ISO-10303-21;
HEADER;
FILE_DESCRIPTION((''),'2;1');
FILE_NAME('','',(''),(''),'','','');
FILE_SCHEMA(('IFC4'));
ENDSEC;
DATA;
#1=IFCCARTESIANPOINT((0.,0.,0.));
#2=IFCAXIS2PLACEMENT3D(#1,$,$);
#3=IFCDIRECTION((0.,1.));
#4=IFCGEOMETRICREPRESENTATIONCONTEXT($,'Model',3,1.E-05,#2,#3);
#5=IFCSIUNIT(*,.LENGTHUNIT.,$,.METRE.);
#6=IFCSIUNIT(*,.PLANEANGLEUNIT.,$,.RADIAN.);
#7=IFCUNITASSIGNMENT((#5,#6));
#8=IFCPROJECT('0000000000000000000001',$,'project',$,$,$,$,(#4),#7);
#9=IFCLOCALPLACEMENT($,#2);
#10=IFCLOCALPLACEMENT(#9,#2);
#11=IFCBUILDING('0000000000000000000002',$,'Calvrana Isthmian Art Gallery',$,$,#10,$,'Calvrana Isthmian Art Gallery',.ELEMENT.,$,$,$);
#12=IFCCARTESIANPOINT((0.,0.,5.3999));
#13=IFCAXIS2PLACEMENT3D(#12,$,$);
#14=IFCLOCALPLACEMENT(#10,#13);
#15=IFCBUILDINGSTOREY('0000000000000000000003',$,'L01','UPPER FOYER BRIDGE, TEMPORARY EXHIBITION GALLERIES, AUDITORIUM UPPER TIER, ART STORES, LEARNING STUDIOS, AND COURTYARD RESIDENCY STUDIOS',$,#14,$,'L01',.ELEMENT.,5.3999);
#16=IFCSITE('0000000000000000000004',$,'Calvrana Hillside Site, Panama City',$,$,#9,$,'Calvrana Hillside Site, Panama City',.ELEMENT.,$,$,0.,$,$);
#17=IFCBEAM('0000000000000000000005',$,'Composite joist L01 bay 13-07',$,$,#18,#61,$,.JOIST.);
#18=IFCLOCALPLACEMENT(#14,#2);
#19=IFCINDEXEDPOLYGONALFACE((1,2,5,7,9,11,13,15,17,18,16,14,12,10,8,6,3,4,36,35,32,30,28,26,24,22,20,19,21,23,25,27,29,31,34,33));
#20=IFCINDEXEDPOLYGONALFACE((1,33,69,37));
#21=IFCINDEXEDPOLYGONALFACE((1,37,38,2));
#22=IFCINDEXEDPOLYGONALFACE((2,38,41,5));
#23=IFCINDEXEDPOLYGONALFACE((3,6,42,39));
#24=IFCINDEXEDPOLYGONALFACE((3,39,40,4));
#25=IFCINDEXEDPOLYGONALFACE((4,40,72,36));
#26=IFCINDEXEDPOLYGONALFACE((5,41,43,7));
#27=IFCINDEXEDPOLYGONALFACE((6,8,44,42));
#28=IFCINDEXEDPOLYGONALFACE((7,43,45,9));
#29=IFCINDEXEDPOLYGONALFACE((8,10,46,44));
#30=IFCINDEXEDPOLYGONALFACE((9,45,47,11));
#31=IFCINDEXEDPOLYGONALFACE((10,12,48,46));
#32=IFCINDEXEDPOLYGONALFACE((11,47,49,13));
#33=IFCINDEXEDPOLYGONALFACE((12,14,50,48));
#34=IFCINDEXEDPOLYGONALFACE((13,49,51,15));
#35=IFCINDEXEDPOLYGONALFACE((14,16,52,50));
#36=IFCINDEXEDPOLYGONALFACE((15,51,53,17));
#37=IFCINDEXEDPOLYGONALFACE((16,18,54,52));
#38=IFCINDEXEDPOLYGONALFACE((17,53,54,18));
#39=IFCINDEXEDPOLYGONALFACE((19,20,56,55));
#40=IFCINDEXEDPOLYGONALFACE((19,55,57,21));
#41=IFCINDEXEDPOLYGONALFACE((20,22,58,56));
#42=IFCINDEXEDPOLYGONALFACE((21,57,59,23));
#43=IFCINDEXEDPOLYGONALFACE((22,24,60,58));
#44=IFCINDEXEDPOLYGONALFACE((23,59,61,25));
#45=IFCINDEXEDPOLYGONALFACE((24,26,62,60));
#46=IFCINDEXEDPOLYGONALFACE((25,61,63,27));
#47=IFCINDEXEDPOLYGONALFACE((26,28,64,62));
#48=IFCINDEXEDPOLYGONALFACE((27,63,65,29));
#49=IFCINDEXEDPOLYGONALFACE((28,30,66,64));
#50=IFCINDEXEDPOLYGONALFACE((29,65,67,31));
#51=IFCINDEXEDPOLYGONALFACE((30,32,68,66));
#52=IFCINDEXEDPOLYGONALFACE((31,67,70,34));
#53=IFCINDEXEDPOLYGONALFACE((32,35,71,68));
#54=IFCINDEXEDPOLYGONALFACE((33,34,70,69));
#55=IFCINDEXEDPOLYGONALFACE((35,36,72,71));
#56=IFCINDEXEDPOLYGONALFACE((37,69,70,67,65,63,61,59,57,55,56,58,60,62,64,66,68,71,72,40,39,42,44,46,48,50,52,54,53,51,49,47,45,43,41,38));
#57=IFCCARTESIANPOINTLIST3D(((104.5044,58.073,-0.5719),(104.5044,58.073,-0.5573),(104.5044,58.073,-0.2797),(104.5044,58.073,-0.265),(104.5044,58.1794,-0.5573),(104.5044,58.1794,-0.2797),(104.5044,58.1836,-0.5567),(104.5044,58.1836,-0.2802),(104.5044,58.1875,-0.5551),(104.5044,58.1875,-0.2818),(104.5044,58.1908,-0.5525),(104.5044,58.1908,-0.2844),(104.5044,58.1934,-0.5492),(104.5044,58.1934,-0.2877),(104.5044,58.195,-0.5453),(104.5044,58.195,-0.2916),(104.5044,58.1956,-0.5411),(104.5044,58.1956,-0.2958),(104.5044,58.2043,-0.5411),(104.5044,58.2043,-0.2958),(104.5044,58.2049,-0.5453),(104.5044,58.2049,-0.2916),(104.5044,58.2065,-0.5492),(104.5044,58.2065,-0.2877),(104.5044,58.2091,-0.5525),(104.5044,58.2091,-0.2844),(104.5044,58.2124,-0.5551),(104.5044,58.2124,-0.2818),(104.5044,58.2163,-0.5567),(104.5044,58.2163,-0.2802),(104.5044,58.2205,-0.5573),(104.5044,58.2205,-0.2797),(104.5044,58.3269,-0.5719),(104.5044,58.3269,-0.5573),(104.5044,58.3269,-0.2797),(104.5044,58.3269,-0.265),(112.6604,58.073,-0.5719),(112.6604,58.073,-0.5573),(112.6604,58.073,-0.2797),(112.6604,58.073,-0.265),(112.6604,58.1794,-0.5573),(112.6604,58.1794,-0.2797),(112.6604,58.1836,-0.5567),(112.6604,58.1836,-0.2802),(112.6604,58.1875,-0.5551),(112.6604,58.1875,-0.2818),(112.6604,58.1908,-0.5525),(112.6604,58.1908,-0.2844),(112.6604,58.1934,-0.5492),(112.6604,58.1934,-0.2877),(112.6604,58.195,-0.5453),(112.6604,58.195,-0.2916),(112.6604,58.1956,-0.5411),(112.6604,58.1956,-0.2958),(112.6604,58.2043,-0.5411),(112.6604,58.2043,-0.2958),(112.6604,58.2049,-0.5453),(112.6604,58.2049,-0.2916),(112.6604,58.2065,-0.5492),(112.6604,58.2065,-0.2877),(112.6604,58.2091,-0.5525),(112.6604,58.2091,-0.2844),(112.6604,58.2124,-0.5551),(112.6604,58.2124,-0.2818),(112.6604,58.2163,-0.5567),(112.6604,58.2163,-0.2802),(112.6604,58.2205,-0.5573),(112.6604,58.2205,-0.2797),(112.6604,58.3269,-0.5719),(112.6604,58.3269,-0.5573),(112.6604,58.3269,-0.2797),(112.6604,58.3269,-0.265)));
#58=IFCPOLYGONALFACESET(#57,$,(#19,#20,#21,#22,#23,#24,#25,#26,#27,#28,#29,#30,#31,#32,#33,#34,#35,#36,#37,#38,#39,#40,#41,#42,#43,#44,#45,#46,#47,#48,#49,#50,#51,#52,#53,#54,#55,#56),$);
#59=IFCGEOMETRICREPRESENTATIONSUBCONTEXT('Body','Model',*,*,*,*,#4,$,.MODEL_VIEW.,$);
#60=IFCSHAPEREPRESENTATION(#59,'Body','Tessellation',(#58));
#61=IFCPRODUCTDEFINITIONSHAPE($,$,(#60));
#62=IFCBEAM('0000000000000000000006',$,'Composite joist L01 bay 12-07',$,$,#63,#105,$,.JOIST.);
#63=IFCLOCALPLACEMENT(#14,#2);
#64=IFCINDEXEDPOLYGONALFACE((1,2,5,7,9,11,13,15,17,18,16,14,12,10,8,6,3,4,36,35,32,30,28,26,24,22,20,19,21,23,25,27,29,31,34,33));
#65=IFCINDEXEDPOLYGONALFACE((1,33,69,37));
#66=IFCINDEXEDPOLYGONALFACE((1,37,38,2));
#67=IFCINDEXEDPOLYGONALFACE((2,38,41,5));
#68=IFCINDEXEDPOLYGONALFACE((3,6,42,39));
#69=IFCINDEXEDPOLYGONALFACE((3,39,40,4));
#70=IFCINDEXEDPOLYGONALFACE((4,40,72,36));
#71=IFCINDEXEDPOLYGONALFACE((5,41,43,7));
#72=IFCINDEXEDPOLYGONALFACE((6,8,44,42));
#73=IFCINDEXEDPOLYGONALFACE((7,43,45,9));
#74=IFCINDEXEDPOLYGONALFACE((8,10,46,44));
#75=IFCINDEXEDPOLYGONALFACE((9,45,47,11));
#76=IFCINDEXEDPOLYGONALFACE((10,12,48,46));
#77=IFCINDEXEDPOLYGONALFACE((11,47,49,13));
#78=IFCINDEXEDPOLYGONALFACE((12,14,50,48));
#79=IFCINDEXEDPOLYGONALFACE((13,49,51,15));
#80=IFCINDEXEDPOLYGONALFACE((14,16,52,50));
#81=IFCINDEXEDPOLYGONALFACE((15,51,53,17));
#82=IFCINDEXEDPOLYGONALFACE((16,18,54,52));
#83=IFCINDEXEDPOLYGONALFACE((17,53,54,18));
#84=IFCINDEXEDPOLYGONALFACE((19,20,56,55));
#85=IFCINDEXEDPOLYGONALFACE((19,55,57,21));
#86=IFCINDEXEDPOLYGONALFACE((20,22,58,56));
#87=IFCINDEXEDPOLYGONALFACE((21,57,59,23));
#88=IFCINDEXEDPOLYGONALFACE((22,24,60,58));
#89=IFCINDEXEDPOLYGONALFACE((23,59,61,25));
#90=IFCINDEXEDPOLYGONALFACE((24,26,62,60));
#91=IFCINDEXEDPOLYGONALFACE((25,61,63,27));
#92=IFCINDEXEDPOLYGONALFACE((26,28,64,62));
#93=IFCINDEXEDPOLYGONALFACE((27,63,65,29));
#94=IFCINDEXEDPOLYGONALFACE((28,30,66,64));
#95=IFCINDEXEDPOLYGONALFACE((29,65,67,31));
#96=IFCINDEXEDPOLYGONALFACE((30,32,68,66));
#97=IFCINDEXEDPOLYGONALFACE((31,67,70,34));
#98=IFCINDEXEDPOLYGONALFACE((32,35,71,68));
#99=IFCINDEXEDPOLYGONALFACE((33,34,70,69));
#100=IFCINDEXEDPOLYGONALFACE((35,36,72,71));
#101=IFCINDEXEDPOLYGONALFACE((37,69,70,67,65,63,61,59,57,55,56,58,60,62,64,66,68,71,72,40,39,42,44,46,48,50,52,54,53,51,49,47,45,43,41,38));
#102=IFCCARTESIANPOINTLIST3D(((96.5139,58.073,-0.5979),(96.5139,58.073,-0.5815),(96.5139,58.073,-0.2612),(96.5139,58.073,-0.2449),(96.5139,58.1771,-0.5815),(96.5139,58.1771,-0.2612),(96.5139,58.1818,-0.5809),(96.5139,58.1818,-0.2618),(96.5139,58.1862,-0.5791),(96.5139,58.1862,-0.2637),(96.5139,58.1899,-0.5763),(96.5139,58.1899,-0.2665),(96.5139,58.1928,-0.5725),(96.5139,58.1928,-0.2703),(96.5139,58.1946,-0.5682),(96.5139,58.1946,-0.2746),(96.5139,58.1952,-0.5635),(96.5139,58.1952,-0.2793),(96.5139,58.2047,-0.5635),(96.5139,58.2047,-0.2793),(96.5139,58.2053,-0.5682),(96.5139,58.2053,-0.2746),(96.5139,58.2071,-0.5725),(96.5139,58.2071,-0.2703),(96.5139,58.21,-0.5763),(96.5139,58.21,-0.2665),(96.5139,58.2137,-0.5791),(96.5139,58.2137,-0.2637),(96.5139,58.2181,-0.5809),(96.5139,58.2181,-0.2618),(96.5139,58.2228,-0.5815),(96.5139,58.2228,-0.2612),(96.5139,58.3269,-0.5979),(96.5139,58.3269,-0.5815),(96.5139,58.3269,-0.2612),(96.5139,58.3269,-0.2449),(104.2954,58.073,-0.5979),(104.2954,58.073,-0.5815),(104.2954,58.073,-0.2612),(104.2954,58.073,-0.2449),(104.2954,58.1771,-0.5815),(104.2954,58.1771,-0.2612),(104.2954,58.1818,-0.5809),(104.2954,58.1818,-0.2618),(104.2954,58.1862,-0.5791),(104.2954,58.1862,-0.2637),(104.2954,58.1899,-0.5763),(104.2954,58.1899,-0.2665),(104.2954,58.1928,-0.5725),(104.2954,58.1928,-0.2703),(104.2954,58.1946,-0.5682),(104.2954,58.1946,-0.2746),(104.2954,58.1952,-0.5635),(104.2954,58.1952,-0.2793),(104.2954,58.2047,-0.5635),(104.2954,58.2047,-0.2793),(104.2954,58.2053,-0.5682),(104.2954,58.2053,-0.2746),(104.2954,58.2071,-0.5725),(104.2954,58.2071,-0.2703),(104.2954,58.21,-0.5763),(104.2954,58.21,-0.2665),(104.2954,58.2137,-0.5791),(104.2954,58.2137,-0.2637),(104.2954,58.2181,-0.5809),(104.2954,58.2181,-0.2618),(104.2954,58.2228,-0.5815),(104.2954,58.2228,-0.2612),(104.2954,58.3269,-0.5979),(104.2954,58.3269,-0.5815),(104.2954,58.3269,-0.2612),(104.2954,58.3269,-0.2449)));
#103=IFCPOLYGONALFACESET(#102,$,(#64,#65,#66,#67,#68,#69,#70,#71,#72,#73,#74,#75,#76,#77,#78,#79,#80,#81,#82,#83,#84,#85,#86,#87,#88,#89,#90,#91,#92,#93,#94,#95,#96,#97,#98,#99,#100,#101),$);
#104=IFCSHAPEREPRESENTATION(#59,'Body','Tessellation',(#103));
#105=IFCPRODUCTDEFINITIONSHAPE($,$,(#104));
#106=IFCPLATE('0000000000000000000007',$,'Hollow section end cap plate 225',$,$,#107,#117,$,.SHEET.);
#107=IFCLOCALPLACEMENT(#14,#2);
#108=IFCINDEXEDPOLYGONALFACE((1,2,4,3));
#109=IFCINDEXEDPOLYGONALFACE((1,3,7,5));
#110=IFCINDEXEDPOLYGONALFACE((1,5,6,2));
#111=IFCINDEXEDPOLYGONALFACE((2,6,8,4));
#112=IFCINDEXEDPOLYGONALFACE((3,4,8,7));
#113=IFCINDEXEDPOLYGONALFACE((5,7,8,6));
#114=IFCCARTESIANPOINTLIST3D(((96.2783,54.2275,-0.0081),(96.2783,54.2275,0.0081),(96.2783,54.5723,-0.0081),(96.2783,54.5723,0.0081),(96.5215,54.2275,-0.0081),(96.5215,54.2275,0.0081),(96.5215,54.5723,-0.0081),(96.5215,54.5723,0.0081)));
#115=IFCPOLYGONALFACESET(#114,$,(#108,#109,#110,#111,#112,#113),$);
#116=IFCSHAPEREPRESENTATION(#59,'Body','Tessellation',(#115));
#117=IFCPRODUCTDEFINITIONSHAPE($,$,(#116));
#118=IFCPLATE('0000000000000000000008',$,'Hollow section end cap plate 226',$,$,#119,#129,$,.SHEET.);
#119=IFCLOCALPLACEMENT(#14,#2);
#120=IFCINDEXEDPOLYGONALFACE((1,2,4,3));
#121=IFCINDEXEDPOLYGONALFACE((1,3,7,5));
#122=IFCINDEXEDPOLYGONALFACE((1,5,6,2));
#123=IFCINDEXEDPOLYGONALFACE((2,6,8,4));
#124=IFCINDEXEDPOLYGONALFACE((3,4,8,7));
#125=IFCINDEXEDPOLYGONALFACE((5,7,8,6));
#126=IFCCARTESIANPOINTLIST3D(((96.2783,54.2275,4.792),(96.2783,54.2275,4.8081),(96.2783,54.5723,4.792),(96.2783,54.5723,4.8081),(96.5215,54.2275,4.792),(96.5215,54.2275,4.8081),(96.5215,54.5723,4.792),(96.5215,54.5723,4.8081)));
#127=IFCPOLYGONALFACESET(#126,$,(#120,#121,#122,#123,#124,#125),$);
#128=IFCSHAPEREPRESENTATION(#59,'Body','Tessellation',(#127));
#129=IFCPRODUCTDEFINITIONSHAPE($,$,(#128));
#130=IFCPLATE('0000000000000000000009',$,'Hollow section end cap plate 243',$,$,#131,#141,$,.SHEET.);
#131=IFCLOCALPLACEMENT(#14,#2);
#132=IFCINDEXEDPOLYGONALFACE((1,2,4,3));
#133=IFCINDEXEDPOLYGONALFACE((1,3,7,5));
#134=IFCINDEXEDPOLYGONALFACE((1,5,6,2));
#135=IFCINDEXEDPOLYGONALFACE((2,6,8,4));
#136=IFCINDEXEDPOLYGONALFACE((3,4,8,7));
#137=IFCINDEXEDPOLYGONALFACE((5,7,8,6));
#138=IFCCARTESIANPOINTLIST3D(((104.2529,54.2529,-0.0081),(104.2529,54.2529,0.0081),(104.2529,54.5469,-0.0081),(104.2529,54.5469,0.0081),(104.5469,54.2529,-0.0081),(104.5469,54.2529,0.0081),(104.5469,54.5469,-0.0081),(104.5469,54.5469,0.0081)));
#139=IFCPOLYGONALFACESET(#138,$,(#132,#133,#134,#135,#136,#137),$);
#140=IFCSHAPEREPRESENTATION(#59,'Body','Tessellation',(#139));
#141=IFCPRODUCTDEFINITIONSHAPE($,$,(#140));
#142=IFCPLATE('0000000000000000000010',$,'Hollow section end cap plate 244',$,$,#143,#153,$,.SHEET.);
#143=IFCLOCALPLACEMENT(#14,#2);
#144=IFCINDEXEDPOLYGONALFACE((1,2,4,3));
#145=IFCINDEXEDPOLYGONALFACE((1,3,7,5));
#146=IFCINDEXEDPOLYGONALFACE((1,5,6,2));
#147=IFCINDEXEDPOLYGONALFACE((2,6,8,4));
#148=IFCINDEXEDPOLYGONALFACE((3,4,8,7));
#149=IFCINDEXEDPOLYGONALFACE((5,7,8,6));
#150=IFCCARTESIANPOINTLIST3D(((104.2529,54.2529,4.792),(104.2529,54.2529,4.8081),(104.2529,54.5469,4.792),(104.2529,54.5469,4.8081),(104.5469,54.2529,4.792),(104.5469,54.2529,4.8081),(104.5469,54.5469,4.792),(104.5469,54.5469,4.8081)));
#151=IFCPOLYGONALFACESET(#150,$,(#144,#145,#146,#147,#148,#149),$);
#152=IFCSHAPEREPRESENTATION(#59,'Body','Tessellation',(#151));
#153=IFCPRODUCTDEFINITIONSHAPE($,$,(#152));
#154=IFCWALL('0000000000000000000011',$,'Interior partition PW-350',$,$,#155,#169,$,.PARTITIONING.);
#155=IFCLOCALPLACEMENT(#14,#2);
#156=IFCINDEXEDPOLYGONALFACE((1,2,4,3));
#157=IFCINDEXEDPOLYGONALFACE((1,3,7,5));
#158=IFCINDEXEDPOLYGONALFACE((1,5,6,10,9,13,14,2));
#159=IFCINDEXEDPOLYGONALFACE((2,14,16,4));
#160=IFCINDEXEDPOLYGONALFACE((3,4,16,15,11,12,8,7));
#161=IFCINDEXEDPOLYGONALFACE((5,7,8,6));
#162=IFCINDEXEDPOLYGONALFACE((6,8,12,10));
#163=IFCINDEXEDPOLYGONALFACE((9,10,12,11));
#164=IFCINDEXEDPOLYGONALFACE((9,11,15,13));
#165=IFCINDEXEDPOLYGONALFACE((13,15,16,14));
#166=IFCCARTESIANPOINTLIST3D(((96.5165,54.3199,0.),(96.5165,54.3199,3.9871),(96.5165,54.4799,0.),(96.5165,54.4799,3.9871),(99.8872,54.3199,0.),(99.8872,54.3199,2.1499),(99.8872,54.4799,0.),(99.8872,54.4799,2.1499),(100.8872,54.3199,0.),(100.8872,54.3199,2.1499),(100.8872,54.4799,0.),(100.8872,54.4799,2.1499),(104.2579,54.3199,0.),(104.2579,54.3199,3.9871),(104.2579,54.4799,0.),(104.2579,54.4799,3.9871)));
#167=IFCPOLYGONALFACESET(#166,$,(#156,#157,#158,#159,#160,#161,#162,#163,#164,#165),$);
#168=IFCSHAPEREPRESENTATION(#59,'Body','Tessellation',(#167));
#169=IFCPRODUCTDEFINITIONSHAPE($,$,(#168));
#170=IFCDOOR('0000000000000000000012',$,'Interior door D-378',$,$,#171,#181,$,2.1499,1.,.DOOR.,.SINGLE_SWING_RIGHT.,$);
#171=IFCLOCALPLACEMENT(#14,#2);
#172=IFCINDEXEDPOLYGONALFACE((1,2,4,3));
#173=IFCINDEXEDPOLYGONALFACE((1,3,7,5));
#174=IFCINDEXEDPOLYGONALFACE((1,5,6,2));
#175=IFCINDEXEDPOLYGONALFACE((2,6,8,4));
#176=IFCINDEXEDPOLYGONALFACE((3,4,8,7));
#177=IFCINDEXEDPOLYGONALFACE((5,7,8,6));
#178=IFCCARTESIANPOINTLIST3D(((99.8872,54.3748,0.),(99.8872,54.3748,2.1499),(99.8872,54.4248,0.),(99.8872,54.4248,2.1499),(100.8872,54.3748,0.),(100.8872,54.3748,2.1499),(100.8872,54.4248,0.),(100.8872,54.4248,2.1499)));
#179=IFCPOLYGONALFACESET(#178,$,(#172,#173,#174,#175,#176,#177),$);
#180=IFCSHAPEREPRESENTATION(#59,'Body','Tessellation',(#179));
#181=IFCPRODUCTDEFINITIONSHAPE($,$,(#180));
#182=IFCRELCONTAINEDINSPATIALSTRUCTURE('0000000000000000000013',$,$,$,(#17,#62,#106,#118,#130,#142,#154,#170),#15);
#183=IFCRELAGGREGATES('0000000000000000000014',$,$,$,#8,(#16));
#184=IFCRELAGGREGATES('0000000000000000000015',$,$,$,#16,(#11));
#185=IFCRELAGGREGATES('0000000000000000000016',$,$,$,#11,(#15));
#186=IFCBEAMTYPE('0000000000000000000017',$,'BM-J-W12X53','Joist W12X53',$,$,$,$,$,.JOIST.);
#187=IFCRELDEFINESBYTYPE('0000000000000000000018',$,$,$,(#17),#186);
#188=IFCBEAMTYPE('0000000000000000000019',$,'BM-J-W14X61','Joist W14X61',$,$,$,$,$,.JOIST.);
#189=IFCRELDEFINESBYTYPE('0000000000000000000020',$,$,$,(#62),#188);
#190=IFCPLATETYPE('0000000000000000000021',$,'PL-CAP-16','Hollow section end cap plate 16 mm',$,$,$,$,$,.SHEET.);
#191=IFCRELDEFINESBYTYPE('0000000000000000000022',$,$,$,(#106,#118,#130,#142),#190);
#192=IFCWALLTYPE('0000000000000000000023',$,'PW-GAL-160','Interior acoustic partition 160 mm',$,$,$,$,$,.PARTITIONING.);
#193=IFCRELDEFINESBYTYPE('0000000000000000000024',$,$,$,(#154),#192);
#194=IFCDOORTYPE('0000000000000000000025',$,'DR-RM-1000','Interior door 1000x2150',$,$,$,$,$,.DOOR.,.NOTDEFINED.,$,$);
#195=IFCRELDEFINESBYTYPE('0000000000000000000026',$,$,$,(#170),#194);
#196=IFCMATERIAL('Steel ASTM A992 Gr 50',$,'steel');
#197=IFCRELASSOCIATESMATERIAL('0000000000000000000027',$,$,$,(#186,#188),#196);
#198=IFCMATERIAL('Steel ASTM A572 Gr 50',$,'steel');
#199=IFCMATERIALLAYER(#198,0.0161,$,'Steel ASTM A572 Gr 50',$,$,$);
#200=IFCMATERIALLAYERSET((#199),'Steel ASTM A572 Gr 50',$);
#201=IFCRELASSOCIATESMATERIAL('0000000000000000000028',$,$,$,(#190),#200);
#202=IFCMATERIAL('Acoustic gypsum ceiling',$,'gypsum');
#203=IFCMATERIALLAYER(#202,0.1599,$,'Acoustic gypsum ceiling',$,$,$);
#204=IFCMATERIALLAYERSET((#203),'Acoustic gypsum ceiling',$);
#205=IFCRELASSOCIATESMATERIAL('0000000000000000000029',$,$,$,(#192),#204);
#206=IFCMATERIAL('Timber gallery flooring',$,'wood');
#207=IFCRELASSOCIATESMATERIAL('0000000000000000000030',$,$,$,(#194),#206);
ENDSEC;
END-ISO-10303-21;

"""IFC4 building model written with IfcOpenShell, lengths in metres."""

from ifc_helpers import new_model, si_unit, direction, frame, frame_2d, origin, origin_2d, place, context, subcontext, project, spatial, rectangle, i_section, extrude, material, layer, layer_set, material_profile, profile_set, type_object, element, fill, save


model = new_model("IFC4")

# Units and contexts
model_context = context("Model", 3, precision=1e-05, world=origin(), true_north=direction((0.0, 1.0)))
body_context = subcontext(model_context, "Body", "Model", "MODEL_VIEW")
ifc_project = project(units=[si_unit("LENGTHUNIT", "METRE"), si_unit("PLANEANGLEUNIT", "RADIAN")], contexts=[model_context])

# Site, building, storey
site_placement = place(None, origin())
site = spatial("IfcSite", under=ifc_project, at=site_placement, Name="Calvrana Hillside Site, Panama City", LongName="Calvrana Hillside Site, Panama City", CompositionType="ELEMENT", RefElevation=0.0)
building_placement = place(site_placement, origin())
building = spatial("IfcBuilding", under=site, at=building_placement, Name="Calvrana Isthmian Art Gallery", LongName="Calvrana Isthmian Art Gallery", CompositionType="ELEMENT")
storey_placement = place(building_placement, frame((0.0, 0.0, 5.3999)))
storey = spatial("IfcBuildingStorey", under=building, at=storey_placement, Name="L01", Description="UPPER FOYER BRIDGE, TEMPORARY EXHIBITION GALLERIES, AUDITORIUM UPPER TIER, ART STORES, LEARNING STUDIOS, AND COURTYARD RESIDENCY STUDIOS", LongName="L01", CompositionType="ELEMENT", Elevation=5.3999)

# Beams
ifc_material_1 = material(Name="Steel ASTM A992 Gr 50", Category="steel")
ifc_material_profile_1 = material_profile(ifc_material_1, i_section(OverallWidth=0.2539, OverallDepth=0.3069, WebThickness=0.0088, FlangeThickness=0.0146, FilletRadius=0.0161, at=origin_2d()), Name="W12X53")
ifc_profile_set_1 = profile_set([ifc_material_profile_1], Name="Steel ASTM A992 Gr 50")
beam_type_1 = type_object("IfcBeamType", Name="BM-J-W12X53", Description="Joist W12X53", PredefinedType="JOIST", material=ifc_profile_set_1)
beam_1_placement = place(storey_placement, frame((104.5044, 58.2, -0.4185), z_axis=(1.0, 0.0, 0.0), x_axis=(0.0, 1.0, 0.0)))
element("IfcBeam", 1, at=beam_1_placement, inside=storey, type_object=beam_type_1, Name="Composite joist L01 bay 13-07", PredefinedType="JOIST", context=body_context, shape_type="SweptSolid", body=[
    extrude(i_section(OverallWidth=0.2539, OverallDepth=0.3069, WebThickness=0.0088, FlangeThickness=0.0146, FilletRadius=0.0161, at=origin_2d()), origin(), (0.0, 0.0, 1.0), 8.156),
])
ifc_material_profile_2 = material_profile(ifc_material_1, i_section(OverallWidth=0.2539, OverallDepth=0.353, WebThickness=0.0095, FlangeThickness=0.0164, FilletRadius=0.0181, at=origin_2d()), Name="W14X61")
ifc_profile_set_2 = profile_set([ifc_material_profile_2], Name="Steel ASTM A992 Gr 50")
beam_type_2 = type_object("IfcBeamType", Name="BM-J-W14X61", Description="Joist W14X61", PredefinedType="JOIST", material=ifc_profile_set_2)
beam_2_placement = place(storey_placement, frame((96.5139, 58.2, -0.4214), z_axis=(1.0, 0.0, 0.0), x_axis=(0.0, 1.0, 0.0)))
element("IfcBeam", 2, at=beam_2_placement, inside=storey, type_object=beam_type_2, Name="Composite joist L01 bay 12-07", PredefinedType="JOIST", context=body_context, shape_type="SweptSolid", body=[
    extrude(i_section(OverallWidth=0.2539, OverallDepth=0.353, WebThickness=0.0095, FlangeThickness=0.0164, FilletRadius=0.0181, at=origin_2d()), origin(), (0.0, 0.0, 1.0), 7.7815),
])

# Plates
ifc_material_2 = material(Name="Steel ASTM A572 Gr 50", Category="steel")
ifc_layer_1 = layer(ifc_material_2, 0.0161, Name="Steel ASTM A572 Gr 50")
ifc_layer_set_1 = layer_set([ifc_layer_1], Name="Steel ASTM A572 Gr 50")
plate_type = type_object("IfcPlateType", Name="PL-CAP-16", Description="Hollow section end cap plate 16 mm", PredefinedType="SHEET", material=ifc_layer_set_1)
for number, where, z_axis, x_axis, name in (
    (3, (96.3999, 54.3999, -0.0081), (0.0, 0.0, 1.0), (1.0, 0.0, 0.0), "Hollow section end cap plate 225"),
    (4, (96.3999, 54.3999, 4.792), (0.0, 0.0, 1.0), (1.0, 0.0, 0.0), "Hollow section end cap plate 226"),
):
    element("IfcPlate", number, at=place(storey_placement, frame(where, z_axis=z_axis, x_axis=x_axis)), inside=storey, type_object=plate_type, Name=name, PredefinedType="SHEET", context=body_context, shape_type="SweptSolid", body=[
        extrude(rectangle(XDim=0.2432, YDim=0.3447, at=origin_2d()), origin(), (0.0, 0.0, 1.0), 0.0161),
    ])
for number, where, z_axis, x_axis, name in (
    (5, (104.3999, 54.3999, -0.0081), (0.0, 0.0, 1.0), (1.0, 0.0, 0.0), "Hollow section end cap plate 243"),
    (6, (104.3999, 54.3999, 4.792), (0.0, 0.0, 1.0), (1.0, 0.0, 0.0), "Hollow section end cap plate 244"),
):
    element("IfcPlate", number, at=place(storey_placement, frame(where, z_axis=z_axis, x_axis=x_axis)), inside=storey, type_object=plate_type, Name=name, PredefinedType="SHEET", context=body_context, shape_type="SweptSolid", body=[
        extrude(rectangle(XDim=0.2939, YDim=0.2939, at=origin_2d()), origin(), (0.0, 0.0, 1.0), 0.0161),
    ])

# Wall, opening, door
ifc_material_3 = material(Name="Acoustic gypsum ceiling", Category="gypsum")
ifc_layer_2 = layer(ifc_material_3, 0.1599, Name="Acoustic gypsum ceiling")
ifc_layer_set_2 = layer_set([ifc_layer_2], Name="Acoustic gypsum ceiling")
wall_type = type_object("IfcWallType", Name="PW-GAL-160", Description="Interior acoustic partition 160 mm", PredefinedType="PARTITIONING", material=ifc_layer_set_2)
wall_1_placement = place(storey_placement, frame((96.5166, 54.3999, 0.0), z_axis=(0.0, 0.0, 1.0), x_axis=(1.0, 0.0, 0.0)))
wall_1 = element("IfcWall", 7, at=wall_1_placement, inside=storey, type_object=wall_type, Name="Interior partition PW-350", PredefinedType="PARTITIONING", context=body_context, shape_type="SweptSolid", body=[
    extrude(rectangle(XDim=7.7415, YDim=0.1599, at=frame_2d((3.8706, 0.0))), origin(), (0.0, 0.0, 1.0), 3.9871),
])
opening_1_placement = place(wall_1_placement, frame((3.3706, 0.0, 0.0)))
opening_1 = element("IfcOpeningElement", 8, at=opening_1_placement, cuts=wall_1, PredefinedType="OPENING", context=body_context, shape_type="SweptSolid", body=[
    extrude(rectangle(XDim=1.0, YDim=2.1499, at=frame_2d((0.5, 1.075))), frame((0.0, 0.0903, 0.0), z_axis=(0.0, -1.0, 0.0), x_axis=(1.0, 0.0, 0.0)), (0.0, 0.0, 1.0), 0.1804),
])
ifc_material_4 = material(Name="Timber gallery flooring", Category="wood")
door_type_1 = type_object("IfcDoorType", Name="DR-RM-1000", Description="Interior door 1000x2150", OperationType="NOTDEFINED", PredefinedType="DOOR", material=ifc_material_4)
door_1_placement = place(opening_1_placement, origin())
door_1 = element("IfcDoor", 9, at=door_1_placement, inside=storey, type_object=door_type_1, Name="Interior door D-378", OperationType="SINGLE_SWING_RIGHT", OverallHeight=2.1499, OverallWidth=1.0, PredefinedType="DOOR", context=body_context, shape_type="SweptSolid", body=[
    extrude(rectangle(XDim=1.0, YDim=2.1499, at=frame_2d((0.5, 1.075))), frame((0.0, 0.0249, 0.0), z_axis=(0.0, -1.0, 0.0), x_axis=(1.0, 0.0, 0.0)), (0.0, 0.0, 1.0), 0.05),
])
fill(opening_1, door_1)

save(model, "model.ifc")
